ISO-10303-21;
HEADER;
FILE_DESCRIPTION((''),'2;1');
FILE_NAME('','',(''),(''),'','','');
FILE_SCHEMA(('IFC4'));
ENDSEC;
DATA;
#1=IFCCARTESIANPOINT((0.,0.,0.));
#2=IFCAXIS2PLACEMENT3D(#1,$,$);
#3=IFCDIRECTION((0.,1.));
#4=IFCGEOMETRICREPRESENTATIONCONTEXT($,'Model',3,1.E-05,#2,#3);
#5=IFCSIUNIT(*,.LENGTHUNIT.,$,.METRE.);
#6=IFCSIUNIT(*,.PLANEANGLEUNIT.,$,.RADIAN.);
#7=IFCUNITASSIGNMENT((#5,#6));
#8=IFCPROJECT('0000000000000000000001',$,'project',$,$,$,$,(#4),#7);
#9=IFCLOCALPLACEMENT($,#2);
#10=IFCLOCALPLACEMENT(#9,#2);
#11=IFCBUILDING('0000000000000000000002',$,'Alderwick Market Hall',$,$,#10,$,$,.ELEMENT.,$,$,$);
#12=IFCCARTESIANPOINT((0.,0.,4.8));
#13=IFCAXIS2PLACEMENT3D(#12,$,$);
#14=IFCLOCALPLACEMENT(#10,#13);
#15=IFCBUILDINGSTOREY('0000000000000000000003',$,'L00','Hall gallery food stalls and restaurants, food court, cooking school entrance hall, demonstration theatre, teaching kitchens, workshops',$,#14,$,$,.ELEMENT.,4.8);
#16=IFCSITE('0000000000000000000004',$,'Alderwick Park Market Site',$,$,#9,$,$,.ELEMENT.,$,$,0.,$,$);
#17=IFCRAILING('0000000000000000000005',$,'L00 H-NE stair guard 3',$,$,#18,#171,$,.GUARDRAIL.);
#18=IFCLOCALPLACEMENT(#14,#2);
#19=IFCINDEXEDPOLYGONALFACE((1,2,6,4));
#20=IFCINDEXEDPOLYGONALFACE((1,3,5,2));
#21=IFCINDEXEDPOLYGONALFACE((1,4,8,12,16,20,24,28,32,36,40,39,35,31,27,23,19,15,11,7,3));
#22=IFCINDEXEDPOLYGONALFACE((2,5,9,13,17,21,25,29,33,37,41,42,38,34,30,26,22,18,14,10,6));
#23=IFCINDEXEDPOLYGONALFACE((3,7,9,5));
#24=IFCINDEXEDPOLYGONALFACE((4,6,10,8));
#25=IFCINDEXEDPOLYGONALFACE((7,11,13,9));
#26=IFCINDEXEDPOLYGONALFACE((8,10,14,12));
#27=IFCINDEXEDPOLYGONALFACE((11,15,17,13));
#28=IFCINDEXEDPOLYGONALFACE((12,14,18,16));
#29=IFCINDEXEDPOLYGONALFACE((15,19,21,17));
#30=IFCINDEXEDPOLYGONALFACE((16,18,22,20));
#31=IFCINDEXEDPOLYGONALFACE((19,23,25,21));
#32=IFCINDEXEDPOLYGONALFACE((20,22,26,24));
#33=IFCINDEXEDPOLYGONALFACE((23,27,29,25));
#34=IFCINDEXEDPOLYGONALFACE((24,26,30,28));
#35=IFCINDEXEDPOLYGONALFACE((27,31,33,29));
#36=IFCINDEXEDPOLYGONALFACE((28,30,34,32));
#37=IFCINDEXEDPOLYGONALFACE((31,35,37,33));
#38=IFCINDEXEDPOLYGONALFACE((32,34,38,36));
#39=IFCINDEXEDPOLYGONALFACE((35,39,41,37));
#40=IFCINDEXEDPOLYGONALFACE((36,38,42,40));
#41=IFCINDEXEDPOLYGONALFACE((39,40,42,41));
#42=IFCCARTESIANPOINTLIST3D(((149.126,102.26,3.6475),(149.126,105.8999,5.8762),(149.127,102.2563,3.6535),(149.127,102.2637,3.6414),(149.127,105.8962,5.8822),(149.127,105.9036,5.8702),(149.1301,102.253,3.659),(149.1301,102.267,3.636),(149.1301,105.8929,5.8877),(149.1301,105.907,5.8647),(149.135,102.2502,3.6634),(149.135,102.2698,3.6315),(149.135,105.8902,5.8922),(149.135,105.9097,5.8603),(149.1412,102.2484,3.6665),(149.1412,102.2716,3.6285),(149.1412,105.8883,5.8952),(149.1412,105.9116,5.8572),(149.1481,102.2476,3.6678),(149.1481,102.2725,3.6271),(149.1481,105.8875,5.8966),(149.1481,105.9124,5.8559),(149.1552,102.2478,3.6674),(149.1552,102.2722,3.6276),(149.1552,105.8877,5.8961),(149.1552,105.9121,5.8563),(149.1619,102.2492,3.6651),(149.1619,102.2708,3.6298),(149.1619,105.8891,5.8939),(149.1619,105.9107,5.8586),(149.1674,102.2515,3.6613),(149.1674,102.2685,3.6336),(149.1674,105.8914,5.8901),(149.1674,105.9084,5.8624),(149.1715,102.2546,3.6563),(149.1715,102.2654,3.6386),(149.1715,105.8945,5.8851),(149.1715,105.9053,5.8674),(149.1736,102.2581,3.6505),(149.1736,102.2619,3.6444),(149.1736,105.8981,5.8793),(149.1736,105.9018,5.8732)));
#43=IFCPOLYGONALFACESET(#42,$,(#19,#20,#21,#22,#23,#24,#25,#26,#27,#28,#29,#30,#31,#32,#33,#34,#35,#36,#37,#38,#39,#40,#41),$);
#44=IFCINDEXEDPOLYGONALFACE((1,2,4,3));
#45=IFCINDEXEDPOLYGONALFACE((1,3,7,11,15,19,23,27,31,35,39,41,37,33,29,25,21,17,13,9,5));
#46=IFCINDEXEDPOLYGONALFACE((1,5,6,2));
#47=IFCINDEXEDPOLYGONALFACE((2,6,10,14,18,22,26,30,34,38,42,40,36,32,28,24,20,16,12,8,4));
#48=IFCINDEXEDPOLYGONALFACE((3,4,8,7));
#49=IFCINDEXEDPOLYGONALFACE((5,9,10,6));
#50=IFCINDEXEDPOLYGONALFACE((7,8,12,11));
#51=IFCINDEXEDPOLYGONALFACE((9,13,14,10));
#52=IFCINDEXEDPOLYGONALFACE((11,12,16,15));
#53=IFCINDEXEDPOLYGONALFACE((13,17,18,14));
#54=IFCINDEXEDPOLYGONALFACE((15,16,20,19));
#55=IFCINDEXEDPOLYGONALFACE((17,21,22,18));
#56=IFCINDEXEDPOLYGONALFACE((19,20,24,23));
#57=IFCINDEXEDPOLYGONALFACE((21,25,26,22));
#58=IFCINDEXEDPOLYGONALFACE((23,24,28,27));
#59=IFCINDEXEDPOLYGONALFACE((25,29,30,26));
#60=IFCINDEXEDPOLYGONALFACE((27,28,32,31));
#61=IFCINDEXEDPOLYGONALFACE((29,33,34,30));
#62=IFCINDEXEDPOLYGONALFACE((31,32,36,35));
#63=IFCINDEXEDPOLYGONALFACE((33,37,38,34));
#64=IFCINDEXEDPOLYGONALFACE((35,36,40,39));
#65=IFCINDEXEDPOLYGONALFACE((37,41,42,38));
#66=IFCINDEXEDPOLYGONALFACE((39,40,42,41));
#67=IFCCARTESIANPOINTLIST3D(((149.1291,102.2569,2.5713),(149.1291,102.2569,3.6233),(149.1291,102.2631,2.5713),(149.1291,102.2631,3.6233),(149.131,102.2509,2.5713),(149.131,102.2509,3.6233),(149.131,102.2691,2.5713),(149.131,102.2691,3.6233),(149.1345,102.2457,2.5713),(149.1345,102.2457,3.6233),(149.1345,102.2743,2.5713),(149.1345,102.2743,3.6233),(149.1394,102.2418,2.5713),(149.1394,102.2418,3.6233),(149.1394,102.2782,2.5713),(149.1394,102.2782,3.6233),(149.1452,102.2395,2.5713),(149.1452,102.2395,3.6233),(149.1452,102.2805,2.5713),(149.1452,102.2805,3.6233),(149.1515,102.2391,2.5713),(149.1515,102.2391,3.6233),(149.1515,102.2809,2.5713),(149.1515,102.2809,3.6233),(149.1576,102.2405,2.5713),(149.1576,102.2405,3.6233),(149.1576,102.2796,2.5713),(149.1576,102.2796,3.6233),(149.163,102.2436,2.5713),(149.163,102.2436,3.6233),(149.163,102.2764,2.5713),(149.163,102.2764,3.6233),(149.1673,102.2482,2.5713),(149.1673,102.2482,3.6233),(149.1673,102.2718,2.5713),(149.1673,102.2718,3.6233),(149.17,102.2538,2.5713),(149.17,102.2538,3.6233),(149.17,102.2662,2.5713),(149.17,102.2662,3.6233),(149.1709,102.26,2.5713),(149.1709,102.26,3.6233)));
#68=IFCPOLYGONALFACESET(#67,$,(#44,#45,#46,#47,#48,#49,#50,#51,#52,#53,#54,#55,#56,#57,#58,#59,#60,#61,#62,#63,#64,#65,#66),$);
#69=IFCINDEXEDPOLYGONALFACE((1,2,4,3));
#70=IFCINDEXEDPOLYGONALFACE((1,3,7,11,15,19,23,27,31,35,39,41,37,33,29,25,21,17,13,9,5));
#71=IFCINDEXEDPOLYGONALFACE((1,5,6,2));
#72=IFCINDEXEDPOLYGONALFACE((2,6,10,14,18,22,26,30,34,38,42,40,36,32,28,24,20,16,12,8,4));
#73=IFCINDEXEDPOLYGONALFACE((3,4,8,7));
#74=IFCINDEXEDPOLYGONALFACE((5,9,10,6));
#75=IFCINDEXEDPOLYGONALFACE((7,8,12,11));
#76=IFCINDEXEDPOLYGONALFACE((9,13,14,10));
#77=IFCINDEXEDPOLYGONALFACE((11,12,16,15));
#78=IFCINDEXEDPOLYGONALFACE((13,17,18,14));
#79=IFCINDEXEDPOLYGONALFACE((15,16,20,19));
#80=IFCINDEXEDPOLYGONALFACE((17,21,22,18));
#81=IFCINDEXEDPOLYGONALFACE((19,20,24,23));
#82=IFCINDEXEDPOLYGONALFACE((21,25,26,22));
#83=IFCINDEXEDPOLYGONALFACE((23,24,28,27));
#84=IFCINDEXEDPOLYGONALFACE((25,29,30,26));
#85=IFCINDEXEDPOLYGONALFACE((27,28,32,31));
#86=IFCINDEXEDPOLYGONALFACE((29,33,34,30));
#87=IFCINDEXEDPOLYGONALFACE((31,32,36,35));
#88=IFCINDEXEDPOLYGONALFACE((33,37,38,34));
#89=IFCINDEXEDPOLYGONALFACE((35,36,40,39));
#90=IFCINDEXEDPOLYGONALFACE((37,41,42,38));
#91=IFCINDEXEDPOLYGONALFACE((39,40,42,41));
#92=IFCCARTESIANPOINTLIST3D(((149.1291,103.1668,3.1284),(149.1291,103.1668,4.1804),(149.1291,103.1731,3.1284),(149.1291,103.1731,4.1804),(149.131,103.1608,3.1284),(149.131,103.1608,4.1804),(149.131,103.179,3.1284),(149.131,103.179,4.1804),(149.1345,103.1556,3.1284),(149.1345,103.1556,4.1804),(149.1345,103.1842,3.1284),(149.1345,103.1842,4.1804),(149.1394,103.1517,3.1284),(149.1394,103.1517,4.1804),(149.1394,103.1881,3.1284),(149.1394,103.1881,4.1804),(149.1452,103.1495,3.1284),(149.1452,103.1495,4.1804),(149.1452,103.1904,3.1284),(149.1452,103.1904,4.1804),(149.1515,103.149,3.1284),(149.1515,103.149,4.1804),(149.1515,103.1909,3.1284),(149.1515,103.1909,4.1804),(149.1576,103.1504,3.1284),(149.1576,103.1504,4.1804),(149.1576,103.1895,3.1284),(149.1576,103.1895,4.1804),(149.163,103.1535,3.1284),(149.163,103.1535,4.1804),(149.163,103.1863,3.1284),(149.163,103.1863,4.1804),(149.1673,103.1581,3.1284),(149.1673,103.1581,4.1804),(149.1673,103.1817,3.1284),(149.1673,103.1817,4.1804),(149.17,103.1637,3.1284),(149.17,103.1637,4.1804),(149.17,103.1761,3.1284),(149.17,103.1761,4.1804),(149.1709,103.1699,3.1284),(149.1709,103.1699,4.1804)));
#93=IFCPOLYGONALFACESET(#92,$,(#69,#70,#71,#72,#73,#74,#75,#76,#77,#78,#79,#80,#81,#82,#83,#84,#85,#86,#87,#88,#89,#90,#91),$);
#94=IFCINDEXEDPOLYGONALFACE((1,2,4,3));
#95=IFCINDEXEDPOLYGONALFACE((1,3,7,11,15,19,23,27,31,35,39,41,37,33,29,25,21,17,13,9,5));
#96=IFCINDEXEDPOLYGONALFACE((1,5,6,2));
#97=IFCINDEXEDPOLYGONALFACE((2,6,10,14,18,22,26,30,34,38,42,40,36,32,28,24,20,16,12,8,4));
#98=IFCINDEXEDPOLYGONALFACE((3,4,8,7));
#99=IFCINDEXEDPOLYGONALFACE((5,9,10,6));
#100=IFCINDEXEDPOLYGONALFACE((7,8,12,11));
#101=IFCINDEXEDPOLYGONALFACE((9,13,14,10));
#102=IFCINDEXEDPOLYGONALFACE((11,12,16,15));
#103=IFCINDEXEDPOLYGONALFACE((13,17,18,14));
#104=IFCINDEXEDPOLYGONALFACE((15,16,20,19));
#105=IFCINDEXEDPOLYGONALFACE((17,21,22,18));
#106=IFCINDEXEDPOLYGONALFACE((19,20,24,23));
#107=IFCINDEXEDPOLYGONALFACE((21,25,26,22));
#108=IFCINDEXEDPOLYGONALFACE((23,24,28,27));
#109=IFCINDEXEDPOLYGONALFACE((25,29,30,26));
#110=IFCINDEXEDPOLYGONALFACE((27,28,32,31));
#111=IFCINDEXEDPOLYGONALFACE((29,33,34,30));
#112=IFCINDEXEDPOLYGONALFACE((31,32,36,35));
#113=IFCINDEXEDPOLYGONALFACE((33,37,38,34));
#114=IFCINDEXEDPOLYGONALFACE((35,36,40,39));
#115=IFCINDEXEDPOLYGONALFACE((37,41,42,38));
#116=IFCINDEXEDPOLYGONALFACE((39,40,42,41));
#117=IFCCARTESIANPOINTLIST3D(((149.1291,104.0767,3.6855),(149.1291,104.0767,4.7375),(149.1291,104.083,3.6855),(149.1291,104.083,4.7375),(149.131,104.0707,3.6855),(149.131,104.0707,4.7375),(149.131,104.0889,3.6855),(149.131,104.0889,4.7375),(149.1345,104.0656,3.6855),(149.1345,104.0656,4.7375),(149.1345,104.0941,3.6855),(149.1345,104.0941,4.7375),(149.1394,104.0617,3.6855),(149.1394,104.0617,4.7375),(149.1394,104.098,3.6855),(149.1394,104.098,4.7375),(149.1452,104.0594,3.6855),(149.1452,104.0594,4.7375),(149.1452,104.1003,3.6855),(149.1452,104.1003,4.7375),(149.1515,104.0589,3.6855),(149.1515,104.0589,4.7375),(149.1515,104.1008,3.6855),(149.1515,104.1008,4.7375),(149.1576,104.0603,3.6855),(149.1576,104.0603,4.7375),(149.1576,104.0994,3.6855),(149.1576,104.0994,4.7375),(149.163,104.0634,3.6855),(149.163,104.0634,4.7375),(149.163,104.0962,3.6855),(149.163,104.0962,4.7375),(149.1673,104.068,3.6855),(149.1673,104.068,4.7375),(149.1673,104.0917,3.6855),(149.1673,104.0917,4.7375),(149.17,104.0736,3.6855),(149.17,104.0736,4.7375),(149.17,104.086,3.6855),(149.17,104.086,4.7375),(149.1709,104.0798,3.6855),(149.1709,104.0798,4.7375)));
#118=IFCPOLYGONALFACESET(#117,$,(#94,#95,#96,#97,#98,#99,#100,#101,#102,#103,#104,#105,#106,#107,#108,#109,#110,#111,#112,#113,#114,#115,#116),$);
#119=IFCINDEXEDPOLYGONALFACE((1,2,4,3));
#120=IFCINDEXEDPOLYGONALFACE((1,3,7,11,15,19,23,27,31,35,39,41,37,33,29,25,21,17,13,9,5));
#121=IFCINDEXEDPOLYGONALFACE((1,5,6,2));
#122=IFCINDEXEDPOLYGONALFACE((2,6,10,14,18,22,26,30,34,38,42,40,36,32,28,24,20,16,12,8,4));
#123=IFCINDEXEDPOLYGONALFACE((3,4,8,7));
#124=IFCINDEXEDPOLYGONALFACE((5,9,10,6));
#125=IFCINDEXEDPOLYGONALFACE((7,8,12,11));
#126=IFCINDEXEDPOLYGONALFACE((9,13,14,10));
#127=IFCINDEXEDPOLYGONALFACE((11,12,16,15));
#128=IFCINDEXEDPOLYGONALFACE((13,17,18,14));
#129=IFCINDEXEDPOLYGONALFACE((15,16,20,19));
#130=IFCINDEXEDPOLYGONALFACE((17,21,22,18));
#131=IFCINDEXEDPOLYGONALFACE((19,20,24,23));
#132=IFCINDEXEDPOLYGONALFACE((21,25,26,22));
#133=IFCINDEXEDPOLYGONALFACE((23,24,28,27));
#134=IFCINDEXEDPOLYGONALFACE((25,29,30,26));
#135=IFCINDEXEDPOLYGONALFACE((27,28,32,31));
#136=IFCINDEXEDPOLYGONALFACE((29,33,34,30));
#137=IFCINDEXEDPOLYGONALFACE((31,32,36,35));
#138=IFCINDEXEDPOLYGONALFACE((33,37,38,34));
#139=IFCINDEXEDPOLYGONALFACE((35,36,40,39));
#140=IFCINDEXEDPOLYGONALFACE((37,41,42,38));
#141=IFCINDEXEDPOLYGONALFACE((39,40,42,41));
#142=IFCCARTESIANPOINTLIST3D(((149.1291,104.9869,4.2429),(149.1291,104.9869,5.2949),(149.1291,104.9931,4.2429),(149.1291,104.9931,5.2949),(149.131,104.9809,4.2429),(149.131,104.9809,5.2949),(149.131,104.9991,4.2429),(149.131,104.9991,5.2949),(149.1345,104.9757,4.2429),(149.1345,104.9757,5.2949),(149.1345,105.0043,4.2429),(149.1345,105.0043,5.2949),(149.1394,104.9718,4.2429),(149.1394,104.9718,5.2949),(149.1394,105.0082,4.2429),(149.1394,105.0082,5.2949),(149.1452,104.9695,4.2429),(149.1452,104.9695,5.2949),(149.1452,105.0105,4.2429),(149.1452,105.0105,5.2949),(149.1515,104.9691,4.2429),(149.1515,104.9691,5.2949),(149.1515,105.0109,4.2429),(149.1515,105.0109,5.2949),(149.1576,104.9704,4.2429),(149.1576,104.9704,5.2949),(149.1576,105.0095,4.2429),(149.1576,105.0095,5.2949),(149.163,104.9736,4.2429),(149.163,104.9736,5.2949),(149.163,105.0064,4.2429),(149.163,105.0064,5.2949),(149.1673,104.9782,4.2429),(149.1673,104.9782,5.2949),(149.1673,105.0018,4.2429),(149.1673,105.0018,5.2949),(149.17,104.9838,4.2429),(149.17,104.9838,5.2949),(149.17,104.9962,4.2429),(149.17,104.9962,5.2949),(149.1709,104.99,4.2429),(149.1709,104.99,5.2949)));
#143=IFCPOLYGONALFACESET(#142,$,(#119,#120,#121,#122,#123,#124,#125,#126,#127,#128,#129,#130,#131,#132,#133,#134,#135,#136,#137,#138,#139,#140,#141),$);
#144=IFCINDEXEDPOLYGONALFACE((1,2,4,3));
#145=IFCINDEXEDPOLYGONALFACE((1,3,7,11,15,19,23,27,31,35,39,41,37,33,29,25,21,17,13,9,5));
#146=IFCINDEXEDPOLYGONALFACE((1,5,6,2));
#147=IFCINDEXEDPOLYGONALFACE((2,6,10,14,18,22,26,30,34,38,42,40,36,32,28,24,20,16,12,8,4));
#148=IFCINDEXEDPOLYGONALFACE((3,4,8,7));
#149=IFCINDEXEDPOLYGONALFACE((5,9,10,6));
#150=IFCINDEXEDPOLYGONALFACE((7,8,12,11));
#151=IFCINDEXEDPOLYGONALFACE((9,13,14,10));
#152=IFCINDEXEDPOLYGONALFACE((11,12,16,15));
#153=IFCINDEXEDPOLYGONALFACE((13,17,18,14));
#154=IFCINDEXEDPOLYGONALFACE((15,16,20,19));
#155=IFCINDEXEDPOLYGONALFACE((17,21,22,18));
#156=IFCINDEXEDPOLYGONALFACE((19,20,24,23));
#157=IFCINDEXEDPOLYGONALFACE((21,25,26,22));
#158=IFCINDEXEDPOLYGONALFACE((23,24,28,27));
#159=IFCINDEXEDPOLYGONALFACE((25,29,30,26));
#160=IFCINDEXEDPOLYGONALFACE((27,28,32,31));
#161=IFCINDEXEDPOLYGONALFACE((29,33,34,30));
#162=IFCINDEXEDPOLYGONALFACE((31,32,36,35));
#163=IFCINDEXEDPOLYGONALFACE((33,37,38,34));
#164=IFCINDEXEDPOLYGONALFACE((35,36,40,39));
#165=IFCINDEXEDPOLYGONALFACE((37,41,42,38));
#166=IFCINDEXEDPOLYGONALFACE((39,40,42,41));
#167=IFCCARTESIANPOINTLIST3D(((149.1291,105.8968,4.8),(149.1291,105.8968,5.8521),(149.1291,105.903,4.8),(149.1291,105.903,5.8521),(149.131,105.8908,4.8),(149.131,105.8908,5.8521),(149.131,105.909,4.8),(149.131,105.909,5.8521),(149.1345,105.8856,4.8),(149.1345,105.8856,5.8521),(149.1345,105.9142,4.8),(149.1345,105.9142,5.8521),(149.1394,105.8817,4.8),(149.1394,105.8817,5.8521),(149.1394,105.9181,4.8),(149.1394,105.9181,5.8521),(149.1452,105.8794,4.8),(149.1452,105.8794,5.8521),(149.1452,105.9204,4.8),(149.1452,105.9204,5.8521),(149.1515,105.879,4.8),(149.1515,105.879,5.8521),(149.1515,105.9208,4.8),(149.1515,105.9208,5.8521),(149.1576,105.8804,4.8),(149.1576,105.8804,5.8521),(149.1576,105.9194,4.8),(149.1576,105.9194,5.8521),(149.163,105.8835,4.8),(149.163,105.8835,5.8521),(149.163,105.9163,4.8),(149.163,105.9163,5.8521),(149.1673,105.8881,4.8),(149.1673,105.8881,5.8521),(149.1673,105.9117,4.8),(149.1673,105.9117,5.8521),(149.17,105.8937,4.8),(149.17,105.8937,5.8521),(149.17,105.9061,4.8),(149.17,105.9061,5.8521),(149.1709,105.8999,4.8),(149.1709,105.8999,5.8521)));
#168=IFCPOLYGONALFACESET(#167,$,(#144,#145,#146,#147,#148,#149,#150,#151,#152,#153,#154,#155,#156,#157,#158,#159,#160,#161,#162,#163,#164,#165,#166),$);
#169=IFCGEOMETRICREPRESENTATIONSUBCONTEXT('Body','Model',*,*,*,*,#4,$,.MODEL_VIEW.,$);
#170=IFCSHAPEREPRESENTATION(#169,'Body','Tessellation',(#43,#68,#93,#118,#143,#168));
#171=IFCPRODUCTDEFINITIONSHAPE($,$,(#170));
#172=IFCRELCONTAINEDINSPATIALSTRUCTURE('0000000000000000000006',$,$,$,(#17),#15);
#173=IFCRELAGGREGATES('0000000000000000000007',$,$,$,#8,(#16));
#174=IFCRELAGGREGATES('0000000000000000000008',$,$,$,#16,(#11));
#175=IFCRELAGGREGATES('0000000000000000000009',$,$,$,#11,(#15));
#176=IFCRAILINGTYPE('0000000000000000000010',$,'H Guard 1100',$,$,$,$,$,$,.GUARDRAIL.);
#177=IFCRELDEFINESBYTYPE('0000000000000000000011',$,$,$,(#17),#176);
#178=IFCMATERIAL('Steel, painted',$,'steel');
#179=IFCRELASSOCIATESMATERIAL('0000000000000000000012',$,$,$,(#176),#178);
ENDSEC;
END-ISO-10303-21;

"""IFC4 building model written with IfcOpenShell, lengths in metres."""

from ifc_helpers import new_model, si_unit, direction, frame, origin, origin_2d, place, context, subcontext, project, spatial, circle, extrude, material, type_object, element, save


model = new_model("IFC4")

# Units and contexts
model_context = context("Model", 3, precision=1e-05, world=origin(), true_north=direction((0.0, 1.0)))
body_context = subcontext(model_context, "Body", "Model", "MODEL_VIEW")
ifc_project = project(units=[si_unit("LENGTHUNIT", "METRE"), si_unit("PLANEANGLEUNIT", "RADIAN")], contexts=[model_context])

# Site, building, storey
site_placement = place(None, origin())
site = spatial("IfcSite", under=ifc_project, at=site_placement, Name="Alderwick Park Market Site", CompositionType="ELEMENT", RefElevation=0.0)
building_placement = place(site_placement, origin())
building = spatial("IfcBuilding", under=site, at=building_placement, Name="Alderwick Market Hall", CompositionType="ELEMENT")
storey_placement = place(building_placement, frame((0.0, 0.0, 4.8)))
storey = spatial("IfcBuildingStorey", under=building, at=storey_placement, Name="L00", Description="Hall gallery food stalls and restaurants, food court, cooking school entrance hall, demonstration theatre, teaching kitchens, workshops", CompositionType="ELEMENT", Elevation=4.8)

# Railing
ifc_material_1 = material(Name="Steel, painted", Category="steel")
railing_type_1 = type_object("IfcRailingType", Name="H Guard 1100", PredefinedType="GUARDRAIL", material=ifc_material_1)
railing_1_placement = place(storey_placement, frame((149.1499, 102.26, 2.5713)))
element("IfcRailing", 1, at=railing_1_placement, inside=storey, type_object=railing_type_1, Name="L00 H-NE stair guard 3", PredefinedType="GUARDRAIL", context=body_context, shape_type="SweptSolid", body=[
    extrude(circle(Radius=0.0239, at=origin_2d()), frame((0.0, 0.0, 1.0762), z_axis=(0.0, 0.852825, 0.522197), x_axis=(-1.0, 0.0, 0.0)), (0.0, 0.0, 1.0), 4.2681),
    extrude(circle(Radius=0.021, at=origin_2d()), origin(), (0.0, 0.0, 1.0), 1.052),
    extrude(circle(Radius=0.021, at=origin_2d()), frame((0.0, 0.9099, 0.5571)), (0.0, 0.0, 1.0), 1.052),
    extrude(circle(Radius=0.021, at=origin_2d()), frame((0.0, 1.8198, 1.1143)), (0.0, 0.0, 1.0), 1.052),
    extrude(circle(Radius=0.021, at=origin_2d()), frame((0.0, 2.73, 1.6716)), (0.0, 0.0, 1.0), 1.052),
    extrude(circle(Radius=0.021, at=origin_2d()), frame((0.0, 3.6399, 2.2288)), (0.0, 0.0, 1.0), 1.052),
])

save(model, "model.ifc")
